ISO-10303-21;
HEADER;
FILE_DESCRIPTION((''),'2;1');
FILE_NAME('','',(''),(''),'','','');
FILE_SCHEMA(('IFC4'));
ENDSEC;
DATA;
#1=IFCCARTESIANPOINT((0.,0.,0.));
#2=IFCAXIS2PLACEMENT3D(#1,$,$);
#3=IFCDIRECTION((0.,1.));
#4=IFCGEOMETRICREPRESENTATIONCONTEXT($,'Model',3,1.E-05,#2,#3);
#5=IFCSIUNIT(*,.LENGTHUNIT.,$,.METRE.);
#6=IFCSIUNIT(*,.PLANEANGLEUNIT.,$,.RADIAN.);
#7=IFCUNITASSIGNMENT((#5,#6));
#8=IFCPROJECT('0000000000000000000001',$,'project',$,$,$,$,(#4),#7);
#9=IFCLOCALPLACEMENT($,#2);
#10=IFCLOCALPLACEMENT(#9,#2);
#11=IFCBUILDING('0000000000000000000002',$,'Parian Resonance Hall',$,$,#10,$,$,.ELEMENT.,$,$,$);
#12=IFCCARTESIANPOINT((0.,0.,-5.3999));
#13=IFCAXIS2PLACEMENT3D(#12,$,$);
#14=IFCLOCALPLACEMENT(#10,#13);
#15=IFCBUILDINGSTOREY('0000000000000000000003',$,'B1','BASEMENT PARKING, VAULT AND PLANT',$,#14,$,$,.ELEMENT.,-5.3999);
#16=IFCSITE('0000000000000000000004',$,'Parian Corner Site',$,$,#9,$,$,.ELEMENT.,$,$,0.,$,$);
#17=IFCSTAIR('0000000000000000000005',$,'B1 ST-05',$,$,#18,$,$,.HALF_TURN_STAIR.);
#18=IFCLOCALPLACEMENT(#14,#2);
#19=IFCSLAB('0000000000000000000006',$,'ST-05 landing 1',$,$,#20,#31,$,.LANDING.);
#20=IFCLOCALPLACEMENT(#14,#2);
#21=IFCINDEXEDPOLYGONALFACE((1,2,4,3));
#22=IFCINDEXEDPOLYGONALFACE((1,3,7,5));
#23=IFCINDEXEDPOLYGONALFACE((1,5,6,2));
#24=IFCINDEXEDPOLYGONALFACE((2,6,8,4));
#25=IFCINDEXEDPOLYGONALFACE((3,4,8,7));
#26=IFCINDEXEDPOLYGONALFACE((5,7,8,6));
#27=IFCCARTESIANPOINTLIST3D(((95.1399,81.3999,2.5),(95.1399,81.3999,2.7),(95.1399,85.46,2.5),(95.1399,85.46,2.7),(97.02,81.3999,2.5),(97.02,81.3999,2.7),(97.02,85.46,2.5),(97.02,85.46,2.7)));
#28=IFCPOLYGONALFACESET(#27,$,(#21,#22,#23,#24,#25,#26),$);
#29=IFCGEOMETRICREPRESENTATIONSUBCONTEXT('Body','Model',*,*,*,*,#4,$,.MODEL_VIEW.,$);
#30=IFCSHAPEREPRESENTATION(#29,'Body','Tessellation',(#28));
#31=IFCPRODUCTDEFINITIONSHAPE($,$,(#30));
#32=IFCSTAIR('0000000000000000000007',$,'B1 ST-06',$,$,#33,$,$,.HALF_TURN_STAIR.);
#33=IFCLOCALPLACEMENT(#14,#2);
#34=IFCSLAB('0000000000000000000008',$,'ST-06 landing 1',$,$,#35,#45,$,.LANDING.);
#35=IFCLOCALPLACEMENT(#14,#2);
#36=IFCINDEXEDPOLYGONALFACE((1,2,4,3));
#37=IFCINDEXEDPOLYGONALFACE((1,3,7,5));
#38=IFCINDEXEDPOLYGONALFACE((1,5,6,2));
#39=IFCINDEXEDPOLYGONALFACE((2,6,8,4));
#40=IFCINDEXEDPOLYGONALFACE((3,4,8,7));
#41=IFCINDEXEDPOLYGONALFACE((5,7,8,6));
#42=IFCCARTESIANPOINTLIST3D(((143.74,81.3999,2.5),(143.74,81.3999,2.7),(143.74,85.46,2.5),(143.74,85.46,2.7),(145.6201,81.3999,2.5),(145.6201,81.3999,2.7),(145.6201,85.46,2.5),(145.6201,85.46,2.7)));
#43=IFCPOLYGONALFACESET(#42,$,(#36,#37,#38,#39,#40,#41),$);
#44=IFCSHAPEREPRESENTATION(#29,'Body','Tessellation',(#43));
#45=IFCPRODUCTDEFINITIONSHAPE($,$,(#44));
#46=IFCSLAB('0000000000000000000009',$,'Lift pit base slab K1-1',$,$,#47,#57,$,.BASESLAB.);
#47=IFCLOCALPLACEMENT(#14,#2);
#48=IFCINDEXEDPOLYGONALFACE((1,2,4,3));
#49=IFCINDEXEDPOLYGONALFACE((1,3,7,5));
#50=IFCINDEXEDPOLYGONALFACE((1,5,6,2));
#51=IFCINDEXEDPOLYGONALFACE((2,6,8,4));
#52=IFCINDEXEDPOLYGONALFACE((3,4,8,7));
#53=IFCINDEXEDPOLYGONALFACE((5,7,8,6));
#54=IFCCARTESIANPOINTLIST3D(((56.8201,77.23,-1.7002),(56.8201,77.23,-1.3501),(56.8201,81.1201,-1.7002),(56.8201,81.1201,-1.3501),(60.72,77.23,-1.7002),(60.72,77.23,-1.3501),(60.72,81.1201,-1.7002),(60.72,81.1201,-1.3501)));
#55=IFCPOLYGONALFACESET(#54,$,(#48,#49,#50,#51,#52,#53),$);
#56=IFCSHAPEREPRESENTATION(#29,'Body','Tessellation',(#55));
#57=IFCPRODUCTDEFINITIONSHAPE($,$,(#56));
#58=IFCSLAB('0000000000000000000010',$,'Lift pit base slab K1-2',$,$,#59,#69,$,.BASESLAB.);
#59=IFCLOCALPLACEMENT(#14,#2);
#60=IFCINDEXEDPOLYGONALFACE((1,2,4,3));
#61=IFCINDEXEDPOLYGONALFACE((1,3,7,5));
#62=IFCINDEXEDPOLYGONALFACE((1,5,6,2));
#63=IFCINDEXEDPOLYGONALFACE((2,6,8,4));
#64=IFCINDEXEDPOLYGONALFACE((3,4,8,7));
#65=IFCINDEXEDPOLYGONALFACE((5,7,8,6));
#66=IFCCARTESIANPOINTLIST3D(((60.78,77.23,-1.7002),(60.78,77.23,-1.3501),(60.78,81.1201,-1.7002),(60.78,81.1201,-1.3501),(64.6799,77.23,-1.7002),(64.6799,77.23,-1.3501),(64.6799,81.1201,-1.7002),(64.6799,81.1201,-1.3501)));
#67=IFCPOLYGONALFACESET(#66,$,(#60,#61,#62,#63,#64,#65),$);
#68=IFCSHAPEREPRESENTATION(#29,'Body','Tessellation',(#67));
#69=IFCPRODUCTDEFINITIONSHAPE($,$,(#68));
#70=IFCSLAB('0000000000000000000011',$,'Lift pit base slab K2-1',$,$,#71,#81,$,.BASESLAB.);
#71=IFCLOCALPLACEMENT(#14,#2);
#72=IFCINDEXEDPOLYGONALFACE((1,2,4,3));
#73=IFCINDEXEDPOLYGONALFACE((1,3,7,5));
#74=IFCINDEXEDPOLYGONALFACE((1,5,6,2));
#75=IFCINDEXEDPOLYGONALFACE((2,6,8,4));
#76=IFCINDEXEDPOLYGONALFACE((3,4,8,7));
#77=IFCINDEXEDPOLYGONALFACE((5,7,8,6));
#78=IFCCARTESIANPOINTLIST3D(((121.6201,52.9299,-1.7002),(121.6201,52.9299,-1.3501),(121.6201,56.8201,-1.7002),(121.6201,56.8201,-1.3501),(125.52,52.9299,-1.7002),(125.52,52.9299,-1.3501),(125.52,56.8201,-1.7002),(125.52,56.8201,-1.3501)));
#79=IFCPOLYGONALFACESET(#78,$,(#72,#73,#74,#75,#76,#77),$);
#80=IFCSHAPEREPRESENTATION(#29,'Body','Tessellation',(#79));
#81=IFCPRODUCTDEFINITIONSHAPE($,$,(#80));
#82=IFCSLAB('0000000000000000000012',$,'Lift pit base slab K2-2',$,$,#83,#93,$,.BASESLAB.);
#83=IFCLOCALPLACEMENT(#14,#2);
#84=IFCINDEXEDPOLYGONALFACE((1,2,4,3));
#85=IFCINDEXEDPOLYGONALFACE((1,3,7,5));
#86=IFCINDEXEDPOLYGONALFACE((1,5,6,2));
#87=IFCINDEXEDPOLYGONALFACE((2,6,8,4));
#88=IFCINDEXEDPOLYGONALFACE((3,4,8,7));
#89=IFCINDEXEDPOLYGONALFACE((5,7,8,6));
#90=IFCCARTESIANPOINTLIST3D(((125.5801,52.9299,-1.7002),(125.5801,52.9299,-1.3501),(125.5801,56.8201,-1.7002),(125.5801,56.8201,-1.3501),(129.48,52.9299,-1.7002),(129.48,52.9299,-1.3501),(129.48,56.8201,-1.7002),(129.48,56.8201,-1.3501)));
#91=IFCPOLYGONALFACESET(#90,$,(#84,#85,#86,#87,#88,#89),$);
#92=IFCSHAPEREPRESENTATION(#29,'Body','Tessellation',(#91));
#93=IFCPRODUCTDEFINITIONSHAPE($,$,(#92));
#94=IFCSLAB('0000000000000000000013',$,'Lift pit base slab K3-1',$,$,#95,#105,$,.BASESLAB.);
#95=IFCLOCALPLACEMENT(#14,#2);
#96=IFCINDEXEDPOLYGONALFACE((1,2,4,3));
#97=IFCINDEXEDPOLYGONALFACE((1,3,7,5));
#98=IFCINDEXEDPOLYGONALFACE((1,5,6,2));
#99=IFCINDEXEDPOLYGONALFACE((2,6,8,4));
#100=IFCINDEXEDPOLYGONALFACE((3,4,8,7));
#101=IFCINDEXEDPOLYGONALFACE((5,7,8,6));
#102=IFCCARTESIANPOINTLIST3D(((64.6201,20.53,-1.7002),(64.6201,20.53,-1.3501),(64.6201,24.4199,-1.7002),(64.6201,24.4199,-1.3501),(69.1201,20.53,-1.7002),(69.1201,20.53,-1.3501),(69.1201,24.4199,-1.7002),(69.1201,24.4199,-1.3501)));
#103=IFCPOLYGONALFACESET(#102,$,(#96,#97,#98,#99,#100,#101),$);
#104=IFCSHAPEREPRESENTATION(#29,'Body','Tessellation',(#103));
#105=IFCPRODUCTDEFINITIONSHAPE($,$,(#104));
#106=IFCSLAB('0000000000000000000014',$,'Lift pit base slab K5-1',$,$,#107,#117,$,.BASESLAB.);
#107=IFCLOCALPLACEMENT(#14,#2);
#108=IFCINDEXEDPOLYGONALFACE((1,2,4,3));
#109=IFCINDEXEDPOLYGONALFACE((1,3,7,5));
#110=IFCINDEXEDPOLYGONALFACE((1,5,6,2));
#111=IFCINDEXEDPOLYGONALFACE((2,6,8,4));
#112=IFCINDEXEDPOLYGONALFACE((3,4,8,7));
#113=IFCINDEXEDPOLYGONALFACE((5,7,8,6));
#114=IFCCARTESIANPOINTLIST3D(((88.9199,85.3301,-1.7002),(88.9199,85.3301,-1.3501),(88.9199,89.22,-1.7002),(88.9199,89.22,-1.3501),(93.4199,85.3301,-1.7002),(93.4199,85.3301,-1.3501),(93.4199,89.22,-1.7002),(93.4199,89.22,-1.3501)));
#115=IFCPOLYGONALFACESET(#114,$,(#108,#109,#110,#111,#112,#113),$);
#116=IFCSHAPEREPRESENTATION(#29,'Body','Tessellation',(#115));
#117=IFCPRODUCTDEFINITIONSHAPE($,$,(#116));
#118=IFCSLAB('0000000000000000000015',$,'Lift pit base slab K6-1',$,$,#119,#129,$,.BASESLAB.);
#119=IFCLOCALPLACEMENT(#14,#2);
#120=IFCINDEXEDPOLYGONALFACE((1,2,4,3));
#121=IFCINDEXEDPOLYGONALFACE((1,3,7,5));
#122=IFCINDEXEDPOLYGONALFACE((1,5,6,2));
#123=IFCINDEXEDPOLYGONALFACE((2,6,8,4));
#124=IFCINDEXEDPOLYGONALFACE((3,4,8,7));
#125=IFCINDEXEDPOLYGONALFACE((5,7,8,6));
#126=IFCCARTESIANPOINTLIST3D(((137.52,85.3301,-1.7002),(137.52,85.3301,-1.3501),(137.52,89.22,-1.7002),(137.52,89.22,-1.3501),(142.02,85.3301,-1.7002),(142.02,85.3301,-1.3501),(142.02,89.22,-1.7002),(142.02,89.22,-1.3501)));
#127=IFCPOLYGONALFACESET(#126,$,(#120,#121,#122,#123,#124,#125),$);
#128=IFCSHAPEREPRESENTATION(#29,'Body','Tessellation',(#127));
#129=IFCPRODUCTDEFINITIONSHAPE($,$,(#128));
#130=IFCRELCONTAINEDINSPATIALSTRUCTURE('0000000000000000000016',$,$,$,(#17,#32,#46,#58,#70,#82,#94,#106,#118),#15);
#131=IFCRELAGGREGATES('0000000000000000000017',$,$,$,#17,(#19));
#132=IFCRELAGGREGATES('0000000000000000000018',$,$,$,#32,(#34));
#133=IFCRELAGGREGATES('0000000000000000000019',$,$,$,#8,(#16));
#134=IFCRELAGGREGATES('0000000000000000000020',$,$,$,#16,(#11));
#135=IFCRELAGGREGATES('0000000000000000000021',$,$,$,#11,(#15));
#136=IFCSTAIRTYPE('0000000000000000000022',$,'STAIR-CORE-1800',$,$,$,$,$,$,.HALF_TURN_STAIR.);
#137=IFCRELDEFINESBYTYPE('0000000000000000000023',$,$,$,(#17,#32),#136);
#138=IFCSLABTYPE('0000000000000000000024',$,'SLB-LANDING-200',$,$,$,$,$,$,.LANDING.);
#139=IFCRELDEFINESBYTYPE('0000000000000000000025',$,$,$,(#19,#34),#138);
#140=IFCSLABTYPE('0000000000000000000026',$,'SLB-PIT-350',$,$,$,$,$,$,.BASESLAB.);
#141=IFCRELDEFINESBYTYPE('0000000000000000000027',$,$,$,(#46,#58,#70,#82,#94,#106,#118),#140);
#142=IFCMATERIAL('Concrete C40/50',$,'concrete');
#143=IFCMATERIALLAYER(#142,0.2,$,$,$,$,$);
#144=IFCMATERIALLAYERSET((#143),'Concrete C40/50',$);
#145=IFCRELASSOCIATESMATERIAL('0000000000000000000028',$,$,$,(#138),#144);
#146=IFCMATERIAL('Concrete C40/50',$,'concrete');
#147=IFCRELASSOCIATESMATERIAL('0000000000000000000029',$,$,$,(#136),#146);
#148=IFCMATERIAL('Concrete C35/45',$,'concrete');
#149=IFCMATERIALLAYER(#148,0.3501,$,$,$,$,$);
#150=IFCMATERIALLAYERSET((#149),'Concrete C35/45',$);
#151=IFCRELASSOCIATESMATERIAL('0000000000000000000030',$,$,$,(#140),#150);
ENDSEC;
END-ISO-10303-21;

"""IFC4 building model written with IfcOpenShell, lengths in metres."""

from ifc_helpers import new_model, si_unit, direction, frame, origin, place, context, subcontext, project, spatial, polyline, outline, extrude, material, layer, layer_set, type_object, element, aggregate, save


model = new_model("IFC4")

# Units and contexts
model_context = context("Model", 3, precision=1e-05, world=origin(), true_north=direction((0.0, 1.0)))
body_context = subcontext(model_context, "Body", "Model", "MODEL_VIEW")
ifc_project = project(units=[si_unit("LENGTHUNIT", "METRE"), si_unit("PLANEANGLEUNIT", "RADIAN")], contexts=[model_context])

# Site, building, storey
site_placement = place(None, origin())
site = spatial("IfcSite", under=ifc_project, at=site_placement, Name="Parian Corner Site", CompositionType="ELEMENT", RefElevation=0.0)
building_placement = place(site_placement, origin())
building = spatial("IfcBuilding", under=site, at=building_placement, Name="Parian Resonance Hall", CompositionType="ELEMENT")
storey_placement = place(building_placement, frame((0.0, 0.0, -5.3999)))
storey = spatial("IfcBuildingStorey", under=building, at=storey_placement, Name="B1", Description="BASEMENT PARKING, VAULT AND PLANT", CompositionType="ELEMENT", Elevation=-5.3999)

# Stairs, slabs
ifc_material_1 = material(Name="Concrete C40/50", Category="concrete")
ifc_layer_1 = layer(ifc_material_1, 0.2)
ifc_layer_set_1 = layer_set([ifc_layer_1], Name="Concrete C40/50")
slab_type_1 = type_object("IfcSlabType", Name="SLB-LANDING-200", PredefinedType="LANDING", material=ifc_layer_set_1)
ifc_material_2 = material(Name="Concrete C40/50", Category="concrete")
stair_type_1 = type_object("IfcStairType", Name="STAIR-CORE-1800", PredefinedType="HALF_TURN_STAIR", material=ifc_material_2)
stair_1_placement = place(storey_placement, origin())
stair_1 = element("IfcStair", 1, at=stair_1_placement, inside=storey, type_object=stair_type_1, Name="B1 ST-05", PredefinedType="HALF_TURN_STAIR")
slab_1_placement = place(storey_placement, frame((0.0, 0.0, 2.5)))
slab_1 = element("IfcSlab", 2, at=slab_1_placement, type_object=slab_type_1, Name="ST-05 landing 1", PredefinedType="LANDING", context=body_context, shape_type="SweptSolid", body=[
    extrude(outline(polyline([(95.1399, 81.3999), (97.02, 81.3999), (97.02, 85.46), (95.1399, 85.46), (95.1399, 81.3999)])), origin(), (0.0, 0.0, 1.0), 0.2),
])
aggregate(stair_1, [slab_1])
stair_2_placement = place(storey_placement, origin())
stair_2 = element("IfcStair", 3, at=stair_2_placement, inside=storey, type_object=stair_type_1, Name="B1 ST-06", PredefinedType="HALF_TURN_STAIR")
slab_2_placement = place(storey_placement, frame((0.0, 0.0, 2.5)))
slab_2 = element("IfcSlab", 4, at=slab_2_placement, type_object=slab_type_1, Name="ST-06 landing 1", PredefinedType="LANDING", context=body_context, shape_type="SweptSolid", body=[
    extrude(outline(polyline([(143.74, 81.3999), (145.6201, 81.3999), (145.6201, 85.46), (143.74, 85.46), (143.74, 81.3999)])), origin(), (0.0, 0.0, 1.0), 0.2),
])
aggregate(stair_2, [slab_2])

# Slabs
ifc_material_3 = material(Name="Concrete C35/45", Category="concrete")
ifc_layer_2 = layer(ifc_material_3, 0.3501)
ifc_layer_set_2 = layer_set([ifc_layer_2], Name="Concrete C35/45")
slab_type_2 = type_object("IfcSlabType", Name="SLB-PIT-350", PredefinedType="BASESLAB", material=ifc_layer_set_2)
slab_3_placement = place(storey_placement, frame((0.0, 0.0, -1.7002)))
element("IfcSlab", 5, at=slab_3_placement, inside=storey, type_object=slab_type_2, Name="Lift pit base slab K1-1", PredefinedType="BASESLAB", context=body_context, shape_type="SweptSolid", body=[
    extrude(outline(polyline([(56.8201, 77.23), (60.72, 77.23), (60.72, 81.1201), (56.8201, 81.1201), (56.8201, 77.23)])), origin(), (0.0, 0.0, 1.0), 0.3501),
])
slab_4_placement = place(storey_placement, frame((0.0, 0.0, -1.7002)))
element("IfcSlab", 6, at=slab_4_placement, inside=storey, type_object=slab_type_2, Name="Lift pit base slab K1-2", PredefinedType="BASESLAB", context=body_context, shape_type="SweptSolid", body=[
    extrude(outline(polyline([(60.78, 77.23), (64.6799, 77.23), (64.6799, 81.1201), (60.78, 81.1201), (60.78, 77.23)])), origin(), (0.0, 0.0, 1.0), 0.3501),
])
slab_5_placement = place(storey_placement, frame((0.0, 0.0, -1.7002)))
element("IfcSlab", 7, at=slab_5_placement, inside=storey, type_object=slab_type_2, Name="Lift pit base slab K2-1", PredefinedType="BASESLAB", context=body_context, shape_type="SweptSolid", body=[
    extrude(outline(polyline([(121.6201, 52.9299), (125.52, 52.9299), (125.52, 56.8201), (121.6201, 56.8201), (121.6201, 52.9299)])), origin(), (0.0, 0.0, 1.0), 0.3501),
])
slab_6_placement = place(storey_placement, frame((0.0, 0.0, -1.7002)))
element("IfcSlab", 8, at=slab_6_placement, inside=storey, type_object=slab_type_2, Name="Lift pit base slab K2-2", PredefinedType="BASESLAB", context=body_context, shape_type="SweptSolid", body=[
    extrude(outline(polyline([(125.5801, 52.9299), (129.48, 52.9299), (129.48, 56.8201), (125.5801, 56.8201), (125.5801, 52.9299)])), origin(), (0.0, 0.0, 1.0), 0.3501),
])
slab_7_placement = place(storey_placement, frame((0.0, 0.0, -1.7002)))
element("IfcSlab", 9, at=slab_7_placement, inside=storey, type_object=slab_type_2, Name="Lift pit base slab K3-1", PredefinedType="BASESLAB", context=body_context, shape_type="SweptSolid", body=[
    extrude(outline(polyline([(64.6201, 20.53), (69.1201, 20.53), (69.1201, 24.4199), (64.6201, 24.4199), (64.6201, 20.53)])), origin(), (0.0, 0.0, 1.0), 0.3501),
])
slab_8_placement = place(storey_placement, frame((0.0, 0.0, -1.7002)))
element("IfcSlab", 10, at=slab_8_placement, inside=storey, type_object=slab_type_2, Name="Lift pit base slab K5-1", PredefinedType="BASESLAB", context=body_context, shape_type="SweptSolid", body=[
    extrude(outline(polyline([(88.9199, 85.3301), (93.4199, 85.3301), (93.4199, 89.22), (88.9199, 89.22), (88.9199, 85.3301)])), origin(), (0.0, 0.0, 1.0), 0.3501),
])
slab_9_placement = place(storey_placement, frame((0.0, 0.0, -1.7002)))
element("IfcSlab", 11, at=slab_9_placement, inside=storey, type_object=slab_type_2, Name="Lift pit base slab K6-1", PredefinedType="BASESLAB", context=body_context, shape_type="SweptSolid", body=[
    extrude(outline(polyline([(137.52, 85.3301), (142.02, 85.3301), (142.02, 89.22), (137.52, 89.22), (137.52, 85.3301)])), origin(), (0.0, 0.0, 1.0), 0.3501),
])

save(model, "model.ifc")
